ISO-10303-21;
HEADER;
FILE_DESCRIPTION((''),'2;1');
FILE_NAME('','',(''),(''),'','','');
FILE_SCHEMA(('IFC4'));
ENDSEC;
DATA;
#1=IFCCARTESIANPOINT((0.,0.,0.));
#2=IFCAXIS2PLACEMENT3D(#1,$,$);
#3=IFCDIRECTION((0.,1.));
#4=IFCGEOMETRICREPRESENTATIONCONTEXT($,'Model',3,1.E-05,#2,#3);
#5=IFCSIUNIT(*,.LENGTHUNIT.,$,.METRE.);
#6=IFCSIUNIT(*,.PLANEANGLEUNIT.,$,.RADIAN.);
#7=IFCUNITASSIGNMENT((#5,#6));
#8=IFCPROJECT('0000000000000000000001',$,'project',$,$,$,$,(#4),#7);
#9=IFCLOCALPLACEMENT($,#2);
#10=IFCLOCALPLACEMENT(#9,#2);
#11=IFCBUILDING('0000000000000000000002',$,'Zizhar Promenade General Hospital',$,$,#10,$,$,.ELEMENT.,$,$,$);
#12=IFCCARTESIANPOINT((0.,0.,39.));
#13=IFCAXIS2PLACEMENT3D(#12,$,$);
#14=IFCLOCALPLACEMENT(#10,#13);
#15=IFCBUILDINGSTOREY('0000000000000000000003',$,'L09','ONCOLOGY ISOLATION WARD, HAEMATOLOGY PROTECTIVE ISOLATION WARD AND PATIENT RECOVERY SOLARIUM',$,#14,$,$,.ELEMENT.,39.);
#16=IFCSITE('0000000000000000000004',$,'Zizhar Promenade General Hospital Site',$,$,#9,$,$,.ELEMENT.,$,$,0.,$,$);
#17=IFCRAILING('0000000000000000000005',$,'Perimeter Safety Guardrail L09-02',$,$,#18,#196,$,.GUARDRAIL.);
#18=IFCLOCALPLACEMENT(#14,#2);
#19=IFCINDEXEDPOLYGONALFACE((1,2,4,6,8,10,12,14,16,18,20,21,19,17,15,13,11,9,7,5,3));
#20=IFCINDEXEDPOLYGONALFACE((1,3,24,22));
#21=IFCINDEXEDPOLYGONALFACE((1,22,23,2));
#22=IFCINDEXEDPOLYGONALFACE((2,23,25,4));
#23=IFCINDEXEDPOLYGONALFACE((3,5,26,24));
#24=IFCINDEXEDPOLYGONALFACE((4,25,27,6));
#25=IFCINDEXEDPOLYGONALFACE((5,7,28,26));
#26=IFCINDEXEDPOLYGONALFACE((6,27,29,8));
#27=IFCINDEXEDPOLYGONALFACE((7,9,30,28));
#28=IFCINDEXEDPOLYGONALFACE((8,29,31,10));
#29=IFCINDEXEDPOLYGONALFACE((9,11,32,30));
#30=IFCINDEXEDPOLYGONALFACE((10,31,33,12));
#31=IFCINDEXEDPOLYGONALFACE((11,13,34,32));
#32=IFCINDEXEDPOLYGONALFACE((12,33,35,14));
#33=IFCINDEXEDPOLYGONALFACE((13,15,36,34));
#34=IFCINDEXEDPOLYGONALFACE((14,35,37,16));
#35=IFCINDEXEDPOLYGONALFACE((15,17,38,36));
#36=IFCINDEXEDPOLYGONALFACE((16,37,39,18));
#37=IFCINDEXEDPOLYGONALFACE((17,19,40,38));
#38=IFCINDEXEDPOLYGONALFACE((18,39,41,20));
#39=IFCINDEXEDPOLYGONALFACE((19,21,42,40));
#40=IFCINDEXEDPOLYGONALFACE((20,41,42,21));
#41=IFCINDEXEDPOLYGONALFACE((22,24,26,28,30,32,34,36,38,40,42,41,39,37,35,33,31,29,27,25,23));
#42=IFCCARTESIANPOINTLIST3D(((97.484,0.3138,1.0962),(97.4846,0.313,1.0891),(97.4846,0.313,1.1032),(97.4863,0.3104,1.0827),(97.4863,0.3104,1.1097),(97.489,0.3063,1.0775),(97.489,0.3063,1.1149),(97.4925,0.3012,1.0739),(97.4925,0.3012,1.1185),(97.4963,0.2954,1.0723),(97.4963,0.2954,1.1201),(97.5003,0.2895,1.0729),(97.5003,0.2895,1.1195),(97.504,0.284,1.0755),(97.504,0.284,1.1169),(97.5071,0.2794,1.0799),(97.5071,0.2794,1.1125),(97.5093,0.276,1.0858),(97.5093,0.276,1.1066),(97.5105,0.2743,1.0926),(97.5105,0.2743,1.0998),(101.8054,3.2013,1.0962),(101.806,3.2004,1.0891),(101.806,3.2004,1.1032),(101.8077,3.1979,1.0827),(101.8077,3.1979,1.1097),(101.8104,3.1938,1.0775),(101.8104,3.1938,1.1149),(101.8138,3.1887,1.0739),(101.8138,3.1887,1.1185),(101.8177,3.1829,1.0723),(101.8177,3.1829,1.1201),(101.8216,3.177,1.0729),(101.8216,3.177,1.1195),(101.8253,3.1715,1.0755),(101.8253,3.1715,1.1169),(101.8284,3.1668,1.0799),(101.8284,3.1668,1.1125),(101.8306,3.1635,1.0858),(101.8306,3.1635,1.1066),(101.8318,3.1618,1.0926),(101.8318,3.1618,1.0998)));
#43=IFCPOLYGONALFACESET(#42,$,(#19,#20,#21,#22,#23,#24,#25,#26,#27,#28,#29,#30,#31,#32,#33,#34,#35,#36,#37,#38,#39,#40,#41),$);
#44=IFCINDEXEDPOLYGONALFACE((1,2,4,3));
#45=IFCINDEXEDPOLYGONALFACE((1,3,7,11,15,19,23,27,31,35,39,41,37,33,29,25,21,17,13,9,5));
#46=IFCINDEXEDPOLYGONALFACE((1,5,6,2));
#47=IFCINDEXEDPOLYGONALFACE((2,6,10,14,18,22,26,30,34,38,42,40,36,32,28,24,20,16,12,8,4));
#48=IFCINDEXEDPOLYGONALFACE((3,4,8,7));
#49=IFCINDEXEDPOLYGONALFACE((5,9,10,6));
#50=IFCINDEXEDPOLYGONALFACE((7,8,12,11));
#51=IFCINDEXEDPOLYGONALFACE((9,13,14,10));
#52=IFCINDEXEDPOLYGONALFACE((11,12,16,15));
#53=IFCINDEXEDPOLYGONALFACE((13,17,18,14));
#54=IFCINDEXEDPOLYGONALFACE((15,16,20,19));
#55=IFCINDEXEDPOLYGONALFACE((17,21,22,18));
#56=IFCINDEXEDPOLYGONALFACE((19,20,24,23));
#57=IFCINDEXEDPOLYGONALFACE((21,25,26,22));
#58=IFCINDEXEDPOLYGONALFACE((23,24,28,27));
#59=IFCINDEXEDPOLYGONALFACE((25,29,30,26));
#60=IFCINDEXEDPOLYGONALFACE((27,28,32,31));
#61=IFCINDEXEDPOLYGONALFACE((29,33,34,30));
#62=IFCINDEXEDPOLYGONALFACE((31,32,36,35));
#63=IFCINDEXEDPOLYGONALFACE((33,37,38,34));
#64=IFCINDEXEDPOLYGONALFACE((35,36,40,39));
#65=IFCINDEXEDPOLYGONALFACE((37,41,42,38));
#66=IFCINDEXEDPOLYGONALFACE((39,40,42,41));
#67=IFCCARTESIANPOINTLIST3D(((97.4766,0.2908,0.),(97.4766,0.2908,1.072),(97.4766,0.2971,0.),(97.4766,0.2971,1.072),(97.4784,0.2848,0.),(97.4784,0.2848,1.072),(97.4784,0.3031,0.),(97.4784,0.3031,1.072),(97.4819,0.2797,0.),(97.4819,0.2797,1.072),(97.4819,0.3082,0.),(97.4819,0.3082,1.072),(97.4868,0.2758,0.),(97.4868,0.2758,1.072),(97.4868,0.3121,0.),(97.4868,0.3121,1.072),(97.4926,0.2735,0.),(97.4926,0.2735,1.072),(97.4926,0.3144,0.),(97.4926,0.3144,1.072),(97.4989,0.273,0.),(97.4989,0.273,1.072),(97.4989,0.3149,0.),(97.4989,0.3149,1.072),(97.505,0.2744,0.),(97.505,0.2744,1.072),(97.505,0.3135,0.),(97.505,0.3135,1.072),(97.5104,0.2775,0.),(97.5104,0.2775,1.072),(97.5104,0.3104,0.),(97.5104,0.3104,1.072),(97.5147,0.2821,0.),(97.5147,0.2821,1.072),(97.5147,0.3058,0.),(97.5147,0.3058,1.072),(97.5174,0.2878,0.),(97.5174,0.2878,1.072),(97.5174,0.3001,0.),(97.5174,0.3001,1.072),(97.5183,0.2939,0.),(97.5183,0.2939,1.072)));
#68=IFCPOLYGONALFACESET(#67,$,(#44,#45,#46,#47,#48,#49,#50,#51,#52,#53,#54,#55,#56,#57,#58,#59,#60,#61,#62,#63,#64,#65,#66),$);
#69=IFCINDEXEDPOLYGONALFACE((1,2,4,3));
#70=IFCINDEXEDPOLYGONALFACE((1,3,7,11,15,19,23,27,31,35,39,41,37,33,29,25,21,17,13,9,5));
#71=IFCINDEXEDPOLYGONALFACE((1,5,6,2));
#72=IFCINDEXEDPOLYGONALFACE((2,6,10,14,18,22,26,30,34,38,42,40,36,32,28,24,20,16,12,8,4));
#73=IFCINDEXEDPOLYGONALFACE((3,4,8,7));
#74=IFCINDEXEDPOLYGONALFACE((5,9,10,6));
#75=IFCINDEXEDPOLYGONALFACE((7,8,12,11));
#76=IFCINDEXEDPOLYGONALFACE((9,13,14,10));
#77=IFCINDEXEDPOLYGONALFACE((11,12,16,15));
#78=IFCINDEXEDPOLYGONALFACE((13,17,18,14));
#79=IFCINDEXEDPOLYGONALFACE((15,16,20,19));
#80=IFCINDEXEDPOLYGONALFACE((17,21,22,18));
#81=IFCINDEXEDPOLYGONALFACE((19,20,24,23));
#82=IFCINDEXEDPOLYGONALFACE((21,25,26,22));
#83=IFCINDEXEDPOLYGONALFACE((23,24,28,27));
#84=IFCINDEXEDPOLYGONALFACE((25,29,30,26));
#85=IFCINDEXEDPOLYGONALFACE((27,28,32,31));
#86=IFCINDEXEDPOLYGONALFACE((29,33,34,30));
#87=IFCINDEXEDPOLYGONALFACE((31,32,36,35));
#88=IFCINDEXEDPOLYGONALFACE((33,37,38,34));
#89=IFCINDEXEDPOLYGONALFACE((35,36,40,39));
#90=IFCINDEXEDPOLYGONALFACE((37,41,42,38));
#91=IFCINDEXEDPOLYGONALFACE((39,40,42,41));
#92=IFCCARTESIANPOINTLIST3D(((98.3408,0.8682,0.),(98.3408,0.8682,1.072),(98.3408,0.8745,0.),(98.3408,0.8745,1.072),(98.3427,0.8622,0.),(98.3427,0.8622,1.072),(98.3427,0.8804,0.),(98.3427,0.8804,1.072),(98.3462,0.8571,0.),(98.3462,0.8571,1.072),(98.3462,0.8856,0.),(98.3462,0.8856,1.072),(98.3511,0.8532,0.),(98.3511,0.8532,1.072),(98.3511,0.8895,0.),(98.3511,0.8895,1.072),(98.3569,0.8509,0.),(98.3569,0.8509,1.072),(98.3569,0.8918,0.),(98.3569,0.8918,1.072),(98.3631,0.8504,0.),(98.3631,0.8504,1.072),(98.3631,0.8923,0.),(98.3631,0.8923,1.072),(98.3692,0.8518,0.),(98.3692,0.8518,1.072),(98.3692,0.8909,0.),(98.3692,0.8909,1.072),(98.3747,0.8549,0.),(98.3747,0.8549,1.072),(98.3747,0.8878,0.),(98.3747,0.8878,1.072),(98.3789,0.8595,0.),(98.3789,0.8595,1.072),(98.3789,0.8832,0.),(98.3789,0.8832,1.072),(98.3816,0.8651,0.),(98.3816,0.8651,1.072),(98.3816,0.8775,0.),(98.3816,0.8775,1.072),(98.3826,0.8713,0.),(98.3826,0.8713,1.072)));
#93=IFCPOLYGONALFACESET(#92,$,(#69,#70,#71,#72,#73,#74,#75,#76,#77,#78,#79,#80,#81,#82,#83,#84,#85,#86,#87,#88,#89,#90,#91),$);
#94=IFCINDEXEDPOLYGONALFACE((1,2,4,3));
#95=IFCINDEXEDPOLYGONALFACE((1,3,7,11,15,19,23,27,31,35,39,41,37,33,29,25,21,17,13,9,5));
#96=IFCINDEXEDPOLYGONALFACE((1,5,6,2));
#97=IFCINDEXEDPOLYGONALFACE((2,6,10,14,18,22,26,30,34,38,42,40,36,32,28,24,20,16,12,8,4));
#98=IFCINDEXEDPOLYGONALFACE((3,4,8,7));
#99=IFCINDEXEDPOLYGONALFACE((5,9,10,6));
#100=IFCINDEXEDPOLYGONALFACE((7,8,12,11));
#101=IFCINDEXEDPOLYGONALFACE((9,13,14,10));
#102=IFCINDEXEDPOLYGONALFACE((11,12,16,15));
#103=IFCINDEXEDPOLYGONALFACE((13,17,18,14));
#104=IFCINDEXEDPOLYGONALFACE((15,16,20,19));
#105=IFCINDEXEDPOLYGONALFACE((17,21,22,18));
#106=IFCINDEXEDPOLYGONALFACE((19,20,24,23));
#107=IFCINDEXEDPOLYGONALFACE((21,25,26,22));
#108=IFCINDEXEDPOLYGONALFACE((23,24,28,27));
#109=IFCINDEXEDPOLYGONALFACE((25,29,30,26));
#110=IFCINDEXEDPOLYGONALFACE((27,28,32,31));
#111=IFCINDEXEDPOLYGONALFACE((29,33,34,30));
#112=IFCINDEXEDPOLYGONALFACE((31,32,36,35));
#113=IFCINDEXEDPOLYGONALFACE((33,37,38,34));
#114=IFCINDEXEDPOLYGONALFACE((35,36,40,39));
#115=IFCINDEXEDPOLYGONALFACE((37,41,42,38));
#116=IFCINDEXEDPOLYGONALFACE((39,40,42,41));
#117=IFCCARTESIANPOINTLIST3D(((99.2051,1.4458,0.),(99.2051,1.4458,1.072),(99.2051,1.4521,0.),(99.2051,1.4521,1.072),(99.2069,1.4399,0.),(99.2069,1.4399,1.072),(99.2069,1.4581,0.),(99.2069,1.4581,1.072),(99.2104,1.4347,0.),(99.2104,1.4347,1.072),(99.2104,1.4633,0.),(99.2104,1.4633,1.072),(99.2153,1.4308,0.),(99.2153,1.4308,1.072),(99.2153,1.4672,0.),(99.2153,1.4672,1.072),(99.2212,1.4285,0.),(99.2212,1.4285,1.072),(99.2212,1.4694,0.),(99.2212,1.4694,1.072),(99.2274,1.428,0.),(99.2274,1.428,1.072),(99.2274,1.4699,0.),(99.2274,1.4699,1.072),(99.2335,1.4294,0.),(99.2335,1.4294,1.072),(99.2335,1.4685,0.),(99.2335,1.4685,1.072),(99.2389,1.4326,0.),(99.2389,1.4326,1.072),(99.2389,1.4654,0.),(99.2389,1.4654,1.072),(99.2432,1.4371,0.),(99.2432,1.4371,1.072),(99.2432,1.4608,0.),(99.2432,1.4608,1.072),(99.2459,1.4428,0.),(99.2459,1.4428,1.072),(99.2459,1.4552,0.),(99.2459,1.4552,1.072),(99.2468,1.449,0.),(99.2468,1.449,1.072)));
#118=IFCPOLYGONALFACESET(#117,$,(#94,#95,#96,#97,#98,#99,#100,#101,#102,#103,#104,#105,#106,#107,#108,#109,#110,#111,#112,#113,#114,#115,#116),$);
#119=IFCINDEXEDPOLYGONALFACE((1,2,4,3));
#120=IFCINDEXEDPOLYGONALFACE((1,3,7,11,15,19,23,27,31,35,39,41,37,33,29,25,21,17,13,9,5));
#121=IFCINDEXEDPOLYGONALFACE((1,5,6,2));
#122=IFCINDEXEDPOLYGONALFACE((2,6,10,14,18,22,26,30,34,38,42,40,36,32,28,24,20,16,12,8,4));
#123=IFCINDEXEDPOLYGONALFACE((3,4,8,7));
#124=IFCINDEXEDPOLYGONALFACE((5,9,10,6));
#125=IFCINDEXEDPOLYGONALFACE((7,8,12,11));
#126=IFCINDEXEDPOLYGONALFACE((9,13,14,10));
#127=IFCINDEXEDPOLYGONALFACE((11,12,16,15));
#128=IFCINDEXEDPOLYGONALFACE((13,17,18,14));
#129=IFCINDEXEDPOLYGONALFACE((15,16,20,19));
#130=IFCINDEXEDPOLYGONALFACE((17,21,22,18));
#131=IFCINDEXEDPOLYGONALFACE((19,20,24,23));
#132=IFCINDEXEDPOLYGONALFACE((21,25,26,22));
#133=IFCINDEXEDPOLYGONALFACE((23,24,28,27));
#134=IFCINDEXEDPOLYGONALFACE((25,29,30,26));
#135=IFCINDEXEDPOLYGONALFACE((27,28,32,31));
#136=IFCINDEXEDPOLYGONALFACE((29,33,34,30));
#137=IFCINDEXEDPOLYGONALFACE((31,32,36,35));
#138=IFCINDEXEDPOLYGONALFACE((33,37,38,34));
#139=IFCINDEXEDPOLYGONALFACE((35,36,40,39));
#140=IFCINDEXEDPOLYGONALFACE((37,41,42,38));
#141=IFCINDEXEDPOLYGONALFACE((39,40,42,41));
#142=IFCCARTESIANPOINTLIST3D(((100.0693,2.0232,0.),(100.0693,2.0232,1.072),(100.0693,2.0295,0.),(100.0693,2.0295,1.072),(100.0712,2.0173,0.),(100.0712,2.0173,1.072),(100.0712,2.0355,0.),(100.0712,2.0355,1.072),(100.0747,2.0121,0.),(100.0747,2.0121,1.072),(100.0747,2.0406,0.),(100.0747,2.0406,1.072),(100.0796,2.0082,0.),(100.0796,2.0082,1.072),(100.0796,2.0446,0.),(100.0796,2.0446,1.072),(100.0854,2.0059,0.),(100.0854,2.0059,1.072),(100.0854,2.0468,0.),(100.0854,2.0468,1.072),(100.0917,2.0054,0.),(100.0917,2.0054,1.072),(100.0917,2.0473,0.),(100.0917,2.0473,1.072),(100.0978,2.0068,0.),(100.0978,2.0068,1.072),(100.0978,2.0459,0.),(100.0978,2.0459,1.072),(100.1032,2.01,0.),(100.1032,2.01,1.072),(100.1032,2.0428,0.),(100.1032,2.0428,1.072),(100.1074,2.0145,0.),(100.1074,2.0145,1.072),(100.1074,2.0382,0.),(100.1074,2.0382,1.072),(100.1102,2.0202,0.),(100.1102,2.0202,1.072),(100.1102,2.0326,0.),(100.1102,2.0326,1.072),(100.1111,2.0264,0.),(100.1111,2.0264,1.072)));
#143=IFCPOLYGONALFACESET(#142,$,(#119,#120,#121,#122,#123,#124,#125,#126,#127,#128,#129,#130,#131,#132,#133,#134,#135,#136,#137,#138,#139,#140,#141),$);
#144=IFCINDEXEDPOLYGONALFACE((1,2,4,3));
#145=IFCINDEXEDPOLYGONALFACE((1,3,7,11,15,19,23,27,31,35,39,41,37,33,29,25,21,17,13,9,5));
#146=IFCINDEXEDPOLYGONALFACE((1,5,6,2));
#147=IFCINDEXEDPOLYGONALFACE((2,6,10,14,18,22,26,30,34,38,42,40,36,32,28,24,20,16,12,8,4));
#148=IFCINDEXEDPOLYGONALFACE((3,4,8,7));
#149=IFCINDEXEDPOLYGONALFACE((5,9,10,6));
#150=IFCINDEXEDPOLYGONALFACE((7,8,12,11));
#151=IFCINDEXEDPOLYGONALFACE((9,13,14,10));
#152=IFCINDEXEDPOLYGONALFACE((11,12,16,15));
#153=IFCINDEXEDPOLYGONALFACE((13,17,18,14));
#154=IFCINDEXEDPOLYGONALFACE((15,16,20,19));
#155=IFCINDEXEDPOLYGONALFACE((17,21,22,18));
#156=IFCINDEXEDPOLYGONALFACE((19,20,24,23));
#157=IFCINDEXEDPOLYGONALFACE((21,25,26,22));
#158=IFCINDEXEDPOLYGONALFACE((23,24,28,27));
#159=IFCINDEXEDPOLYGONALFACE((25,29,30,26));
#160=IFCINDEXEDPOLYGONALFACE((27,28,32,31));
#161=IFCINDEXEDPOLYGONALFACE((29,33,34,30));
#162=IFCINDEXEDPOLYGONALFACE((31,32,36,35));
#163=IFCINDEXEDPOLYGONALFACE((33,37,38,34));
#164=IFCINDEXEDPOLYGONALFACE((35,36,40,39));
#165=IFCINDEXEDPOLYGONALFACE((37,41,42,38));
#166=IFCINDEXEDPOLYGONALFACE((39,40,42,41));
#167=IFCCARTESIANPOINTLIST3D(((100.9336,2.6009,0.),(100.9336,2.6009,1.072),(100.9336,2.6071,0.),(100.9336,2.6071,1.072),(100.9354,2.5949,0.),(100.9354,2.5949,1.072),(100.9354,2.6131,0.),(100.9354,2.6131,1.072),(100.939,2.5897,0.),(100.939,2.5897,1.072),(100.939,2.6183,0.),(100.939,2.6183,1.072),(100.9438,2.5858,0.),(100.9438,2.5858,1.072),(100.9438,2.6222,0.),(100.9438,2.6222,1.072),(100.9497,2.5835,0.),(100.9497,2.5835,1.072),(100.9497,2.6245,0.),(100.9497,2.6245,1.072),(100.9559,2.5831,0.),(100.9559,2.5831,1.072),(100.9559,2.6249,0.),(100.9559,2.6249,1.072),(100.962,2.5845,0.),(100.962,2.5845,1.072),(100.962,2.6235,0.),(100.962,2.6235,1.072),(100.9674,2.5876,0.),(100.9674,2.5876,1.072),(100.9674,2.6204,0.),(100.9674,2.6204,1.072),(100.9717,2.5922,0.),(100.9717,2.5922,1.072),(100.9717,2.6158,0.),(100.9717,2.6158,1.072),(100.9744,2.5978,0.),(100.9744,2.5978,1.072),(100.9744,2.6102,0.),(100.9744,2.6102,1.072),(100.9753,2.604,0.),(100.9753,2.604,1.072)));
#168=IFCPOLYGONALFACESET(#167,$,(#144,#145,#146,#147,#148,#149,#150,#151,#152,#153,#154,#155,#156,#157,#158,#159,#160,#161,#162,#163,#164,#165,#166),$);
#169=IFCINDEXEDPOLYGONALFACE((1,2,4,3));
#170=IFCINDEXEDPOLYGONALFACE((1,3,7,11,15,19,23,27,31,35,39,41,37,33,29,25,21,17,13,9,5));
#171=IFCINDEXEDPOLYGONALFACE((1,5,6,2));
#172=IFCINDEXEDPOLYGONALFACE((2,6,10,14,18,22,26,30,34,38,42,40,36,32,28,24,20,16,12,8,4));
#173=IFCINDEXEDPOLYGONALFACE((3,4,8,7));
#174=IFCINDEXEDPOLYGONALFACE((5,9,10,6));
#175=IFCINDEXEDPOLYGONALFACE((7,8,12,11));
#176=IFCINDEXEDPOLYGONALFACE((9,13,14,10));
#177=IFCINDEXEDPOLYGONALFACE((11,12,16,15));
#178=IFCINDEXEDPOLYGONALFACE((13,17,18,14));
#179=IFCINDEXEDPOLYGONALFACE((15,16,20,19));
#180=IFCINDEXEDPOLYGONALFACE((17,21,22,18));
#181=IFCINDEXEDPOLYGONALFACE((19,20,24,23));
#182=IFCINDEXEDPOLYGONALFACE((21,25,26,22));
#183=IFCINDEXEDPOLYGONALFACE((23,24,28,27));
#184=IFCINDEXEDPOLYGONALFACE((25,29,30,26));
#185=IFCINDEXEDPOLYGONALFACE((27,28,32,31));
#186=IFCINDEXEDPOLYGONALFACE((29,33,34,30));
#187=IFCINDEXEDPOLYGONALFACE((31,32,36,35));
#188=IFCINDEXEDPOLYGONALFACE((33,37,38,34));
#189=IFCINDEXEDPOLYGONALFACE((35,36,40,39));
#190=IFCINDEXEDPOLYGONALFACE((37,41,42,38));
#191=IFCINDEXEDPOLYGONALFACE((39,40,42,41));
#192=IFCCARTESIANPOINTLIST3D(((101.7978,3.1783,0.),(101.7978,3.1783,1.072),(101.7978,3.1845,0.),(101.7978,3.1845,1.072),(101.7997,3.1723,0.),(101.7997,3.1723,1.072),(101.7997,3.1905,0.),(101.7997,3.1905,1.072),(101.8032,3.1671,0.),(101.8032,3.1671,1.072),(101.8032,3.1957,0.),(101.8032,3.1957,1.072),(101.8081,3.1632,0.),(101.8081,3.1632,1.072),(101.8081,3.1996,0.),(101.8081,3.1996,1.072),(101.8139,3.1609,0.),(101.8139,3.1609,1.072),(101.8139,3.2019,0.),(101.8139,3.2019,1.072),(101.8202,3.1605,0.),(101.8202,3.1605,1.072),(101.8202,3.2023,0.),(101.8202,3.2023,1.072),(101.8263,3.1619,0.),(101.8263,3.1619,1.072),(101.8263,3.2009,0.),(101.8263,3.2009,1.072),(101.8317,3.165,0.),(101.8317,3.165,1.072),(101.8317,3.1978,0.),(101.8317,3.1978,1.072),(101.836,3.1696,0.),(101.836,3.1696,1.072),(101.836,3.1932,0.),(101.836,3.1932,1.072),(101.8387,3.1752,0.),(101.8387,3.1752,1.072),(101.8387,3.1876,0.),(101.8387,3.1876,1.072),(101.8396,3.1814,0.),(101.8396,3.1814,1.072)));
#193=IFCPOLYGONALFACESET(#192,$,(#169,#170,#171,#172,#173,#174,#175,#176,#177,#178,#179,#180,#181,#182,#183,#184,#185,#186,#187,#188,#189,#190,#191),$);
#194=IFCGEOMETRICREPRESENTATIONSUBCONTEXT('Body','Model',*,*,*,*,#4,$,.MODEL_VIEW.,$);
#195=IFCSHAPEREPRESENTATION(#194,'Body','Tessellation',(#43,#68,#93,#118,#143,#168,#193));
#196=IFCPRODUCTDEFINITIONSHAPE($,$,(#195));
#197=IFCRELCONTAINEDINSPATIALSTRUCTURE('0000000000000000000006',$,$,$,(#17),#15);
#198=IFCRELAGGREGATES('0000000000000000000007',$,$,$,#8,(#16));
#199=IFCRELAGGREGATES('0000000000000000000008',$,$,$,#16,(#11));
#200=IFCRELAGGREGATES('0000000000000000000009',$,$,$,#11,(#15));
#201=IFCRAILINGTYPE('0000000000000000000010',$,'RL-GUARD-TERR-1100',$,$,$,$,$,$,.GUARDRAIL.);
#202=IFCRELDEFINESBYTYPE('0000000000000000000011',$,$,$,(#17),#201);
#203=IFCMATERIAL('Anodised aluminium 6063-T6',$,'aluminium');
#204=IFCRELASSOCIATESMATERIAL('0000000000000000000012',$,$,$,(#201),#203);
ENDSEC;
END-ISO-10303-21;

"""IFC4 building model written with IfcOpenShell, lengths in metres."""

from ifc_helpers import new_model, si_unit, direction, frame, origin, origin_2d, place, context, subcontext, project, spatial, circle, hollow_circle, extrude, material, material_profile, profile_set, type_object, element, save


model = new_model("IFC4")

# Units and contexts
model_context = context("Model", 3, precision=1e-05, world=origin(), true_north=direction((0.0, 1.0)))
body_context = subcontext(model_context, "Body", "Model", "MODEL_VIEW")
ifc_project = project(units=[si_unit("LENGTHUNIT", "METRE"), si_unit("PLANEANGLEUNIT", "RADIAN")], contexts=[model_context])

# Site, building, storey
site_placement = place(None, origin())
site = spatial("IfcSite", under=ifc_project, at=site_placement, Name="Zizhar Promenade General Hospital Site", CompositionType="ELEMENT", RefElevation=0.0)
building_placement = place(site_placement, origin())
building = spatial("IfcBuilding", under=site, at=building_placement, Name="Zizhar Promenade General Hospital", CompositionType="ELEMENT")
storey_placement = place(building_placement, frame((0.0, 0.0, 39.0)))
storey = spatial("IfcBuildingStorey", under=building, at=storey_placement, Name="L09", Description="ONCOLOGY ISOLATION WARD, HAEMATOLOGY PROTECTIVE ISOLATION WARD AND PATIENT RECOVERY SOLARIUM", CompositionType="ELEMENT", Elevation=39.0)

# Railing
ifc_material_1 = material(Name="Anodised aluminium 6063-T6", Category="aluminium")
ifc_material_profile_1 = material_profile(ifc_material_1, hollow_circle(Radius=0.0698, WallThickness=0.0063, at=origin_2d()))
ifc_profile_set_1 = profile_set([ifc_material_profile_1], Name="Anodised aluminium 6063-T6")
railing_type = type_object("IfcRailingType", Name="RL-GUARD-TERR-1100", PredefinedType="GUARDRAIL", material=ifc_profile_set_1)
railing_placement = place(storey_placement, frame((97.4973, 0.2939, 0.0)))
element("IfcRailing", 1, at=railing_placement, inside=storey, type_object=railing_type, Name="Perimeter Safety Guardrail L09-02", PredefinedType="GUARDRAIL", context=body_context, shape_type="SweptSolid", body=[
    extrude(circle(Radius=0.0239, at=origin_2d()), frame((0.0, 0.0, 1.0962), z_axis=(0.831464, 0.555578, 0.0), x_axis=(-0.555578, 0.831464, 0.0)), (0.0, 0.0, 1.0), 5.1973),
    extrude(circle(Radius=0.021, at=origin_2d()), origin(), (0.0, 0.0, 1.0), 1.072),
    extrude(circle(Radius=0.021, at=origin_2d()), frame((0.8643, 0.5774, 0.0)), (0.0, 0.0, 1.0), 1.072),
    extrude(circle(Radius=0.021, at=origin_2d()), frame((1.7285, 1.155, 0.0)), (0.0, 0.0, 1.0), 1.072),
    extrude(circle(Radius=0.021, at=origin_2d()), frame((2.5928, 1.7324, 0.0)), (0.0, 0.0, 1.0), 1.072),
    extrude(circle(Radius=0.021, at=origin_2d()), frame((3.457, 2.3101, 0.0)), (0.0, 0.0, 1.0), 1.072),
    extrude(circle(Radius=0.021, at=origin_2d()), frame((4.3213, 2.8875, 0.0)), (0.0, 0.0, 1.0), 1.072),
])

save(model, "model.ifc")
